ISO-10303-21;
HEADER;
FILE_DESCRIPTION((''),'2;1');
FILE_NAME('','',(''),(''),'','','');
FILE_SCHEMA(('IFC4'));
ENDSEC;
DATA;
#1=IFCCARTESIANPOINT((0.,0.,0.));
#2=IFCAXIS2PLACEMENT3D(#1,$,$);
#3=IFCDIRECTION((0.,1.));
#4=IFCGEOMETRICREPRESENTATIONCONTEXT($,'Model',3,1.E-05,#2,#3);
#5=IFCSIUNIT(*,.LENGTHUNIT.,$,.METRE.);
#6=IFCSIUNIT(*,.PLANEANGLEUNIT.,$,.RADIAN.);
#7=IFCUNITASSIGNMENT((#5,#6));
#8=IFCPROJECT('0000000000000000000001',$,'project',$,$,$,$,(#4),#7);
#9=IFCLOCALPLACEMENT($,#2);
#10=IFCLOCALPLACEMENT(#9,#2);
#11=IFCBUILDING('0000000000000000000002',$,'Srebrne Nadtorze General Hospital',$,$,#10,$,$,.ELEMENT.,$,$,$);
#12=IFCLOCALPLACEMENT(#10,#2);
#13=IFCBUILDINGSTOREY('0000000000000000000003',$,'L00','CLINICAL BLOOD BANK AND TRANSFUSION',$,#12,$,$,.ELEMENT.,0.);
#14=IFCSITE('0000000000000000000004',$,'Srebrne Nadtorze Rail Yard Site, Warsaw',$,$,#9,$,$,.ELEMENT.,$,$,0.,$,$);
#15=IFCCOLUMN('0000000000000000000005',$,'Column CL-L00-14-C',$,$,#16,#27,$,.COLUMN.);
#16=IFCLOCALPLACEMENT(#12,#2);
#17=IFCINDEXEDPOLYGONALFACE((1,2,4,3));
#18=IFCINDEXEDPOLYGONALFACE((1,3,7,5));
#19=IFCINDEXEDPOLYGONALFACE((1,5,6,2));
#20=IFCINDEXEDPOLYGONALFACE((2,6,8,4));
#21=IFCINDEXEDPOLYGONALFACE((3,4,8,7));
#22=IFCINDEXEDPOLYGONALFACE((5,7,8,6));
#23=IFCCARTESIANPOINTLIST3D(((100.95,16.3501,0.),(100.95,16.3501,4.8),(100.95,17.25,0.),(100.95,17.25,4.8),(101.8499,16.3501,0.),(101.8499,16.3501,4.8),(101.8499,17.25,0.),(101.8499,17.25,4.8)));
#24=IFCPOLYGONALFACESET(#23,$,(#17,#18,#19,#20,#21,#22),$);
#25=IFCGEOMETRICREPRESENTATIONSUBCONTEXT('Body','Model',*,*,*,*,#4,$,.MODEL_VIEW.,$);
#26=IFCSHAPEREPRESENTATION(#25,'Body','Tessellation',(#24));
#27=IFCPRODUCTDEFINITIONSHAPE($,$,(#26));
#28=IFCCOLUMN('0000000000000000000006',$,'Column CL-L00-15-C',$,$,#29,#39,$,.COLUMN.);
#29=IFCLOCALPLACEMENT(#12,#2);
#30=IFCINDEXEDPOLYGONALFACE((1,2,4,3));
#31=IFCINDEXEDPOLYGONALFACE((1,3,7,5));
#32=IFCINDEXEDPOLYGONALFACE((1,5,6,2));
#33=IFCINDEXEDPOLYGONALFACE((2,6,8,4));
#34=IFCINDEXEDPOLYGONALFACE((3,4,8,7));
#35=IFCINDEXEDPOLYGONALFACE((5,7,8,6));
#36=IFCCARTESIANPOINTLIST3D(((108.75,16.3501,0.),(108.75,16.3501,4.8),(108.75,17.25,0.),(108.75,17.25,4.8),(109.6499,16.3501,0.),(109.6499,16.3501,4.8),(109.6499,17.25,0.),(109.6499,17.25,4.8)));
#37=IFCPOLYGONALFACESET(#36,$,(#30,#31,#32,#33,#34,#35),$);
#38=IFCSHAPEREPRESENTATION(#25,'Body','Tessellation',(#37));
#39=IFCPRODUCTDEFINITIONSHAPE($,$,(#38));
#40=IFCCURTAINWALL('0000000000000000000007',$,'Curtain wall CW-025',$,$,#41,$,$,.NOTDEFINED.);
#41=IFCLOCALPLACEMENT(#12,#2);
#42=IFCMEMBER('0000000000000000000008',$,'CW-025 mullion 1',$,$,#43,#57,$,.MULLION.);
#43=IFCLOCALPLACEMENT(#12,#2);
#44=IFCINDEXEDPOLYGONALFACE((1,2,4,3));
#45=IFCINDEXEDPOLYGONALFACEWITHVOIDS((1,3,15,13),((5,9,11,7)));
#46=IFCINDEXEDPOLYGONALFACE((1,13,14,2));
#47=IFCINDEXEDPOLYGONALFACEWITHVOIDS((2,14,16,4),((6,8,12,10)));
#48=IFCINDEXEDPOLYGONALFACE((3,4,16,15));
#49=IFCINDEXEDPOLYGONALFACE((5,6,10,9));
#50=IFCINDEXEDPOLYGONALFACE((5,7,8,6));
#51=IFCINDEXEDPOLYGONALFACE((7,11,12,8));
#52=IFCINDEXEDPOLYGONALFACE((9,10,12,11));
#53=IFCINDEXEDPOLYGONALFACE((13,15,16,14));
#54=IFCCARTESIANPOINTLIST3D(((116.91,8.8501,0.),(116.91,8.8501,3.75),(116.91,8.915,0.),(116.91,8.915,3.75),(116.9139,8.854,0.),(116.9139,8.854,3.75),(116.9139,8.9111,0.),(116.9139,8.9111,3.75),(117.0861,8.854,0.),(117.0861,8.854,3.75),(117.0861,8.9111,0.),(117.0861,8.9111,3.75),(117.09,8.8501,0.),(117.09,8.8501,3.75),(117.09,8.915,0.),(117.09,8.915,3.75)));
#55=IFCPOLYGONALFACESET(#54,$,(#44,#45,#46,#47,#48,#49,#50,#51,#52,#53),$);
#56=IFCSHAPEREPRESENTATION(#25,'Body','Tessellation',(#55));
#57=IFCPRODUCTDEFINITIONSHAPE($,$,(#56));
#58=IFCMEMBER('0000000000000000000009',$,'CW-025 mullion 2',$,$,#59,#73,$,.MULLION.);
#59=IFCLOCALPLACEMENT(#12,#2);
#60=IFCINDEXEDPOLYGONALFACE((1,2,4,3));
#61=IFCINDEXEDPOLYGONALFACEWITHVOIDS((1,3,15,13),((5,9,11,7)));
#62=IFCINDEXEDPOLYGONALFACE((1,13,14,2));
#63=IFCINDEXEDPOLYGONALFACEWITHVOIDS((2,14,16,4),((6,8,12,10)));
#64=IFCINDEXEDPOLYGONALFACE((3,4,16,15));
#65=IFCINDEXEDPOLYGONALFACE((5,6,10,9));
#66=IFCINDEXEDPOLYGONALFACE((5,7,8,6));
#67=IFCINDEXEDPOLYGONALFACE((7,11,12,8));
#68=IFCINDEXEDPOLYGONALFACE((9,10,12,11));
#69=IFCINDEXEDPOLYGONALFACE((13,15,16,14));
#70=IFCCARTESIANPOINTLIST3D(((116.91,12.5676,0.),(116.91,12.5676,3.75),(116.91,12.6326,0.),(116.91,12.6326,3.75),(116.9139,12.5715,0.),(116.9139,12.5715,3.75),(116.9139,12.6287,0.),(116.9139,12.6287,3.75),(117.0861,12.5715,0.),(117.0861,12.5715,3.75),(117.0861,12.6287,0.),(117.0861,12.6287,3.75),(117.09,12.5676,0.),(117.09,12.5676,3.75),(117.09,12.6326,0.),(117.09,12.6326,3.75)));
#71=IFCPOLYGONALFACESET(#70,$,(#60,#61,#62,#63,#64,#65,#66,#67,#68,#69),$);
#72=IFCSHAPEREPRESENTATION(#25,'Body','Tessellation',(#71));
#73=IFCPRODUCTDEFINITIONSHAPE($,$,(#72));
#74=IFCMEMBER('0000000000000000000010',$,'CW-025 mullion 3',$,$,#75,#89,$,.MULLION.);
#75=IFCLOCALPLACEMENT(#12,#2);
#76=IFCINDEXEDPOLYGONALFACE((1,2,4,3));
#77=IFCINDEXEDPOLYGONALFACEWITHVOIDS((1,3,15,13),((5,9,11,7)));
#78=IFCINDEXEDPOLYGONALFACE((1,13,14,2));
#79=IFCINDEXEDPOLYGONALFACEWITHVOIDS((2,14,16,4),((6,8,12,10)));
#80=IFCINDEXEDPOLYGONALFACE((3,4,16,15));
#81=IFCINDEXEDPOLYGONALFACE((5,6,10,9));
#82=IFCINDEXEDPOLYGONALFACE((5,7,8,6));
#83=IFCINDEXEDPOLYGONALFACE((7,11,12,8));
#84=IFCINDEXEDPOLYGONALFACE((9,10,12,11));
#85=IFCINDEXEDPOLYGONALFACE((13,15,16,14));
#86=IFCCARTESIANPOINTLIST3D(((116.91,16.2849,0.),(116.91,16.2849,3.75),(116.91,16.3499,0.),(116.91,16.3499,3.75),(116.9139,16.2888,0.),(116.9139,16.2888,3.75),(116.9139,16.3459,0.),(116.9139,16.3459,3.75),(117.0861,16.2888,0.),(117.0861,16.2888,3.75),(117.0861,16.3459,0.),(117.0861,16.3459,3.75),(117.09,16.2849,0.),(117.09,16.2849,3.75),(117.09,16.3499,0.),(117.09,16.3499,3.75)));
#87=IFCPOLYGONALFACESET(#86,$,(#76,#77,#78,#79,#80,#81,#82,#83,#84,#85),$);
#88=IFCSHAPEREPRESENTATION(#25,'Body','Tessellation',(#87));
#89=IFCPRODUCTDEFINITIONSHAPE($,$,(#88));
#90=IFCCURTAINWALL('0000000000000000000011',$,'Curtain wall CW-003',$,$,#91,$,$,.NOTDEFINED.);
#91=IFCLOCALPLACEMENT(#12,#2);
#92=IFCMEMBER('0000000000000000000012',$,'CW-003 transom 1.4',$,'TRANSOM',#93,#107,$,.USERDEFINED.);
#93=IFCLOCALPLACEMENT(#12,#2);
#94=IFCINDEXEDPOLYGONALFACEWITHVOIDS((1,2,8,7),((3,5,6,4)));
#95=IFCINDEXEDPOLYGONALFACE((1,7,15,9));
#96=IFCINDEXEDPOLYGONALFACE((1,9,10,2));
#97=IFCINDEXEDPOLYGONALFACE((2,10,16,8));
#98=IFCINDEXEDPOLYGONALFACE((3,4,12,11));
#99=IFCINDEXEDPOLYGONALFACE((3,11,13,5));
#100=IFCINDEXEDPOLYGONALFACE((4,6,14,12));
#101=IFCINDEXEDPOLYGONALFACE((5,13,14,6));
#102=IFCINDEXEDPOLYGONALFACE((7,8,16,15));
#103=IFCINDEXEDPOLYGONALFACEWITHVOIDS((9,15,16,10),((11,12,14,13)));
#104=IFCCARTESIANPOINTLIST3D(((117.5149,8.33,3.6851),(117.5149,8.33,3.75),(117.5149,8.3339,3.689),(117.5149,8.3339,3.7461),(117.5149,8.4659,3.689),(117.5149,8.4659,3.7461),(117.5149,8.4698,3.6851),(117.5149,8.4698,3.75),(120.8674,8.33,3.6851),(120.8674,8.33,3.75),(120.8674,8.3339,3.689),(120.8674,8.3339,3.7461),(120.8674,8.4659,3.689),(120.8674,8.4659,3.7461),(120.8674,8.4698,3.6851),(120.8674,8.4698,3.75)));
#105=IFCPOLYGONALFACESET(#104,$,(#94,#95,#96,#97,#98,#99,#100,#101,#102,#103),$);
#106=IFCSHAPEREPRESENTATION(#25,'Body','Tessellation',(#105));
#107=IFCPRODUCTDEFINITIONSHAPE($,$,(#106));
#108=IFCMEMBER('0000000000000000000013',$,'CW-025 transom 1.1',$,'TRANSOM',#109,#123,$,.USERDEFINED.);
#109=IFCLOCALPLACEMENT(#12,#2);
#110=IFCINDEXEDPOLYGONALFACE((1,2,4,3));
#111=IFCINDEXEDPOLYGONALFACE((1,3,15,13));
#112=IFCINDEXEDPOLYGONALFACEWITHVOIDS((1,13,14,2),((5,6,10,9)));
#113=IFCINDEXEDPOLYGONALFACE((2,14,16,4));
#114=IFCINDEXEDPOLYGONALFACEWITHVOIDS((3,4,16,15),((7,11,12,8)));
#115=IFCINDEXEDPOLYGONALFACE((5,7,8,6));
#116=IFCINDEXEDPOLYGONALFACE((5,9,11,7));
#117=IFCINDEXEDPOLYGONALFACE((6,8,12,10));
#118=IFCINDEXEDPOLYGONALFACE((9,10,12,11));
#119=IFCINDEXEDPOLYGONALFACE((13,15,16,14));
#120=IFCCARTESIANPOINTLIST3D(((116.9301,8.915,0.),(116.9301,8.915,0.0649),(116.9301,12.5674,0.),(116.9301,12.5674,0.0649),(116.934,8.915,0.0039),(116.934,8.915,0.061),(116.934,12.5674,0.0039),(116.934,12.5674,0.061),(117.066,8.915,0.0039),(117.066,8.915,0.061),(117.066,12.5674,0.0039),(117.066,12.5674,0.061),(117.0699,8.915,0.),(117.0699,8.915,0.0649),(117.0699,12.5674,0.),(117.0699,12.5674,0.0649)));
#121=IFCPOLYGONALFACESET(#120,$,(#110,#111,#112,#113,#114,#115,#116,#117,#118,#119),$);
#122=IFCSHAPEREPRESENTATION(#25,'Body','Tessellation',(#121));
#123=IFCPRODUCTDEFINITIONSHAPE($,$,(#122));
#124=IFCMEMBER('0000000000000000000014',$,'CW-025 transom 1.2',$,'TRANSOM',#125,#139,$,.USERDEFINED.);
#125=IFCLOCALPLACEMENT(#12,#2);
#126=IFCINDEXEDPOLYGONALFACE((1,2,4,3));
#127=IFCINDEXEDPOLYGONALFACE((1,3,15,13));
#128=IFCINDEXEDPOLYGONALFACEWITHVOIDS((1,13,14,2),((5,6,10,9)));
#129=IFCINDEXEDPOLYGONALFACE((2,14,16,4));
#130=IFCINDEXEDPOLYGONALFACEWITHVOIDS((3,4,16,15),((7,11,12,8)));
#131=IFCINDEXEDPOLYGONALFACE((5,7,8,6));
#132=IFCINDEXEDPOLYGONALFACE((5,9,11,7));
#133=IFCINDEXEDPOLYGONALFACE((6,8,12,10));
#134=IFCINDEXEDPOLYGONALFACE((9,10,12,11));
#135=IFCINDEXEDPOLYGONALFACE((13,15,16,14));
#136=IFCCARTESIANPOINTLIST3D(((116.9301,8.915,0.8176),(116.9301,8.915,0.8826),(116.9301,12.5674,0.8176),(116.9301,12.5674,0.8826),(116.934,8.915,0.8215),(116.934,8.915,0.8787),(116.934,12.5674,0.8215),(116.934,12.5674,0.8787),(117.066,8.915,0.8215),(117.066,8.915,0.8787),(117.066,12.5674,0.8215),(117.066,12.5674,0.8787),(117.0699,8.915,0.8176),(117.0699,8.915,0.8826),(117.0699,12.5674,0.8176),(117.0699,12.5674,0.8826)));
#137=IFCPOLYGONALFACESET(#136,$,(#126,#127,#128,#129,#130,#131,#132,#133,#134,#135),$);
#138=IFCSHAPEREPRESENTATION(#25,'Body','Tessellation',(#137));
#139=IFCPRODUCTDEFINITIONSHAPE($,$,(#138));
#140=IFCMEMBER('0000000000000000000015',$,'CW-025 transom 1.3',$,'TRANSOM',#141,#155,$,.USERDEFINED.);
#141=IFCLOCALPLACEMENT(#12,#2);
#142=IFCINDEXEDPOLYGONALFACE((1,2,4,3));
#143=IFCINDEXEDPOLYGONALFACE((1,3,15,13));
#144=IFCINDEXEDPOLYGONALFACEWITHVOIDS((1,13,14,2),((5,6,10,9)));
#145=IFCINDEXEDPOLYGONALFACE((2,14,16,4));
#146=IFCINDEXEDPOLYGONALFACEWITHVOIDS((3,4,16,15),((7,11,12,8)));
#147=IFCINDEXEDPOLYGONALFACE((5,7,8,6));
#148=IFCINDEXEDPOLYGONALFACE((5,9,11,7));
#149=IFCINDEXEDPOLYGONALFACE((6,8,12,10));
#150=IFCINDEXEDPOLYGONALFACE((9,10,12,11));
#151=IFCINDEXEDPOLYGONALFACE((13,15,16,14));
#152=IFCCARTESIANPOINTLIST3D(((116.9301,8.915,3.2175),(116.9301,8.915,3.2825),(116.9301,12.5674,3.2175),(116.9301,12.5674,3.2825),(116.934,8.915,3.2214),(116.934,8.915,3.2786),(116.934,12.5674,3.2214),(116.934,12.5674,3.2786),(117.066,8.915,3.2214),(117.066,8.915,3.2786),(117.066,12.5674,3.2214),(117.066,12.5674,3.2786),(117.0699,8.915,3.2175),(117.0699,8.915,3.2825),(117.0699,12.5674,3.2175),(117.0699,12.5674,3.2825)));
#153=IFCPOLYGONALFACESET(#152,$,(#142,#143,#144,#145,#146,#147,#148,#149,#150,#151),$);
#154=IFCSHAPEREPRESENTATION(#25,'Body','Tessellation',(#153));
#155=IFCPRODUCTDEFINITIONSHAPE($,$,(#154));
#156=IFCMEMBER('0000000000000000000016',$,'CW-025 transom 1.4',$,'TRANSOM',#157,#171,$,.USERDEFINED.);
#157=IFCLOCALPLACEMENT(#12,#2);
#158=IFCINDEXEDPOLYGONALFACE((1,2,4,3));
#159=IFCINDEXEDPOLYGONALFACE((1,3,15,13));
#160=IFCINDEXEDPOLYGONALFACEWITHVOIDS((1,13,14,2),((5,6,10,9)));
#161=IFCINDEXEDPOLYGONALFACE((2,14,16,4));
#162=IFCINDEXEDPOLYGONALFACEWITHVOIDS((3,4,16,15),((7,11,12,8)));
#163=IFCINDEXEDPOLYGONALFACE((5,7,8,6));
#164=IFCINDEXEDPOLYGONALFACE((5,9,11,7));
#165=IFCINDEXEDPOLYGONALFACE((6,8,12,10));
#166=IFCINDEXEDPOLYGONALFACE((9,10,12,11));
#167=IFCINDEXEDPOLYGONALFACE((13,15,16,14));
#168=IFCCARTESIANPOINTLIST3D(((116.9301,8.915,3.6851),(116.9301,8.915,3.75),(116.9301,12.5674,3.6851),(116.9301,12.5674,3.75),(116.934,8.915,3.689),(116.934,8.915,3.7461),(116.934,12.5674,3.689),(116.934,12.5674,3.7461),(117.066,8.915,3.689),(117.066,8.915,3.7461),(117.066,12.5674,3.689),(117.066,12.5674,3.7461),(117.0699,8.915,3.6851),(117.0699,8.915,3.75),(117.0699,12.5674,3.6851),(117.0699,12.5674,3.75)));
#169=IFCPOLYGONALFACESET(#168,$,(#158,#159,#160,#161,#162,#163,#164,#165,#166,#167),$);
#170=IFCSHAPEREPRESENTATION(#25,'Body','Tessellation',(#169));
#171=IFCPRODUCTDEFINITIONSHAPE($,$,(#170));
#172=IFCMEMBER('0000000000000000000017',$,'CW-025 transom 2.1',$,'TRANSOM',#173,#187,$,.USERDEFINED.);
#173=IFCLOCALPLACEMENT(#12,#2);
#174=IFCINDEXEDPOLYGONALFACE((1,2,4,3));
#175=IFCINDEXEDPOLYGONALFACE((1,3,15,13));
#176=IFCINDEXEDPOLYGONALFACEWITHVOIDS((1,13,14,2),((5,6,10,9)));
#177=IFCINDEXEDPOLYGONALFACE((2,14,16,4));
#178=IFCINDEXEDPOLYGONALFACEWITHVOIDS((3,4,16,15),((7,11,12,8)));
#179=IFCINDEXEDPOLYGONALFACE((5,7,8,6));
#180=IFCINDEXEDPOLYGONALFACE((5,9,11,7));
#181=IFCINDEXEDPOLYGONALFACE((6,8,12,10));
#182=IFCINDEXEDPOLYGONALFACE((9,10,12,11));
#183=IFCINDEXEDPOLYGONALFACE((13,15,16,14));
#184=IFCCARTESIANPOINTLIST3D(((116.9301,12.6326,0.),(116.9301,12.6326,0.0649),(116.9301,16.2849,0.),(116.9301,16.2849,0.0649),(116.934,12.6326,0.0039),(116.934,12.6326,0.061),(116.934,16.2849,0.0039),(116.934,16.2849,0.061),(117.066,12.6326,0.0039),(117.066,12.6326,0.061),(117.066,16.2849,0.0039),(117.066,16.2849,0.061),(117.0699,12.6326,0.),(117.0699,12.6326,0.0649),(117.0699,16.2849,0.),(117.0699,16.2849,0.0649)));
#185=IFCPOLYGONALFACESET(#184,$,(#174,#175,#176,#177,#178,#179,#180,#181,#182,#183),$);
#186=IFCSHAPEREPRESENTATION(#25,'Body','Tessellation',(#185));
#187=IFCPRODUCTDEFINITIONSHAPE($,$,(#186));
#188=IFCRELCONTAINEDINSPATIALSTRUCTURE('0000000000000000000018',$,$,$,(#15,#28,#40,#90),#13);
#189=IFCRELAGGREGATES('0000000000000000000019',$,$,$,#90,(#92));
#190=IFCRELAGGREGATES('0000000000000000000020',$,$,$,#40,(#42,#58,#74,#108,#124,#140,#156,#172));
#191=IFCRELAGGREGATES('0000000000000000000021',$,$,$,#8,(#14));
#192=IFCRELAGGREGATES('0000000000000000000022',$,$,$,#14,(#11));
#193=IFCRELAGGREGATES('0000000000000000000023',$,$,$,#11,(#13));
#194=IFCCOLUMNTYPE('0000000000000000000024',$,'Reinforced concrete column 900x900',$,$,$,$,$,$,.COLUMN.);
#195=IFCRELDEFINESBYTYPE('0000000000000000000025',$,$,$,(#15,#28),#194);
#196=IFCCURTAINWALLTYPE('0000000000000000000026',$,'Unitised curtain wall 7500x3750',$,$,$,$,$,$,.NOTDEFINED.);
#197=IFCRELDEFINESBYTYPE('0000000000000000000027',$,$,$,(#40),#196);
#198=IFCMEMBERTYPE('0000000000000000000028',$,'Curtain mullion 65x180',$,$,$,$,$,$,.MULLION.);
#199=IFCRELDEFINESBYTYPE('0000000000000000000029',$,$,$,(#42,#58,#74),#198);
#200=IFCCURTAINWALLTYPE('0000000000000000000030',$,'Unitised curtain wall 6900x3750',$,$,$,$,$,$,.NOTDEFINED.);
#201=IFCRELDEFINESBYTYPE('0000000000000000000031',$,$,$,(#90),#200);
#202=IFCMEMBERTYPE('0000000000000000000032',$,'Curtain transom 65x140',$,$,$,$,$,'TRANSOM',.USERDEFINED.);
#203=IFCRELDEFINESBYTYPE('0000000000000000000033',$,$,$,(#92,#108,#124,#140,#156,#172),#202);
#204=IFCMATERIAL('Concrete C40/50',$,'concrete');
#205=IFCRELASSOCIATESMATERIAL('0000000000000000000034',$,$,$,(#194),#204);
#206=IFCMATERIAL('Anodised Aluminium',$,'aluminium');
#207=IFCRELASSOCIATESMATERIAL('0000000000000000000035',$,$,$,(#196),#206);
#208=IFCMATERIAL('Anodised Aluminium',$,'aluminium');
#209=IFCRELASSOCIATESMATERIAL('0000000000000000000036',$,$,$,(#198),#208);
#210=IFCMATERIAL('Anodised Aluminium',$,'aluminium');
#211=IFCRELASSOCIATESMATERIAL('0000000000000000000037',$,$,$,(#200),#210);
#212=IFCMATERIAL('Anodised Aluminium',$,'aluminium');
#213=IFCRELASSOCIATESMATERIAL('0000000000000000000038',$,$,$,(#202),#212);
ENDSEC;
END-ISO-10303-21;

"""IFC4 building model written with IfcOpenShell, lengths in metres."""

from ifc_helpers import new_model, si_unit, direction, frame, origin, origin_2d, place, context, subcontext, project, spatial, rectangle, hollow_rectangle, extrude, material, material_profile, profile_set, type_object, element, aggregate, save


model = new_model("IFC4")

# Units and contexts
model_context = context("Model", 3, precision=1e-05, world=origin(), true_north=direction((0.0, 1.0)))
body_context = subcontext(model_context, "Body", "Model", "MODEL_VIEW")
ifc_project = project(units=[si_unit("LENGTHUNIT", "METRE"), si_unit("PLANEANGLEUNIT", "RADIAN")], contexts=[model_context])

# Site, building, storey
site_placement = place(None, origin())
site = spatial("IfcSite", under=ifc_project, at=site_placement, Name="Srebrne Nadtorze Rail Yard Site, Warsaw", CompositionType="ELEMENT", RefElevation=0.0)
building_placement = place(site_placement, origin())
building = spatial("IfcBuilding", under=site, at=building_placement, Name="Srebrne Nadtorze General Hospital", CompositionType="ELEMENT")
storey_placement = place(building_placement, origin())
storey = spatial("IfcBuildingStorey", under=building, at=storey_placement, Name="L00", Description="CLINICAL BLOOD BANK AND TRANSFUSION", CompositionType="ELEMENT", Elevation=0.0)

# Columns
ifc_material_1 = material(Name="Concrete C40/50", Category="concrete")
ifc_material_profile_1 = material_profile(ifc_material_1, rectangle(XDim=0.8999, YDim=0.8999, at=origin_2d()), Name="RC-COL-900x900")
ifc_profile_set_1 = profile_set([ifc_material_profile_1], Name="Concrete C40/50")
column_type = type_object("IfcColumnType", Name="Reinforced concrete column 900x900", PredefinedType="COLUMN", material=ifc_profile_set_1)
for number, where, z_axis, x_axis, name in (
    (1, (101.3999, 16.8, 0.0), (0.0, 0.0, 1.0), (1.0, 0.0, 0.0), "Column CL-L00-14-C"),
    (2, (109.2, 16.8, 0.0), (0.0, 0.0, 1.0), (1.0, 0.0, 0.0), "Column CL-L00-15-C"),
):
    element("IfcColumn", number, at=place(storey_placement, frame(where, z_axis=z_axis, x_axis=x_axis)), inside=storey, type_object=column_type, Name=name, PredefinedType="COLUMN", context=body_context, shape_type="SweptSolid", body=[
        extrude(rectangle(XDim=0.8999, YDim=0.8999, at=origin_2d()), origin(), (0.0, 0.0, 1.0), 4.8),
    ])

# Curtain wall, members
ifc_material_2 = material(Name="Anodised Aluminium", Category="aluminium")
curtain_wall_type_1 = type_object("IfcCurtainWallType", Name="Unitised curtain wall 7500x3750", PredefinedType="NOTDEFINED", material=ifc_material_2)
curtain_wall_1_placement = place(storey_placement, origin())
curtain_wall_1 = element("IfcCurtainWall", 3, at=curtain_wall_1_placement, inside=storey, type_object=curtain_wall_type_1, Name="Curtain wall CW-025", PredefinedType="NOTDEFINED")
ifc_material_3 = material(Name="Anodised Aluminium", Category="aluminium")
ifc_material_profile_2 = material_profile(ifc_material_3, hollow_rectangle(XDim=0.0649, YDim=0.1799, WallThickness=0.0039, at=origin_2d()), Name="AL-MUL-65x180")
ifc_profile_set_2 = profile_set([ifc_material_profile_2], Name="Anodised Aluminium")
member_type_1 = type_object("IfcMemberType", Name="Curtain mullion 65x180", PredefinedType="MULLION", material=ifc_profile_set_2)
member_1_placement = place(storey_placement, frame((117.0, 8.8826, 0.0), z_axis=(0.0, 0.0, 1.0), x_axis=(0.0, 1.0, 0.0)))
member_1 = element("IfcMember", 4, at=member_1_placement, type_object=member_type_1, Name="CW-025 mullion 1", PredefinedType="MULLION", context=body_context, shape_type="SweptSolid", body=[
    extrude(hollow_rectangle(XDim=0.0649, YDim=0.1799, WallThickness=0.0039, at=origin_2d()), origin(), (0.0, 0.0, 1.0), 3.75),
])
member_2_placement = place(storey_placement, frame((117.0, 12.6001, 0.0), z_axis=(0.0, 0.0, 1.0), x_axis=(0.0, 1.0, 0.0)))
member_2 = element("IfcMember", 5, at=member_2_placement, type_object=member_type_1, Name="CW-025 mullion 2", PredefinedType="MULLION", context=body_context, shape_type="SweptSolid", body=[
    extrude(hollow_rectangle(XDim=0.0649, YDim=0.1799, WallThickness=0.0039, at=origin_2d()), origin(), (0.0, 0.0, 1.0), 3.75),
])
member_3_placement = place(storey_placement, frame((117.0, 16.3174, 0.0), z_axis=(0.0, 0.0, 1.0), x_axis=(0.0, 1.0, 0.0)))
member_3 = element("IfcMember", 6, at=member_3_placement, type_object=member_type_1, Name="CW-025 mullion 3", PredefinedType="MULLION", context=body_context, shape_type="SweptSolid", body=[
    extrude(hollow_rectangle(XDim=0.0649, YDim=0.1799, WallThickness=0.0039, at=origin_2d()), origin(), (0.0, 0.0, 1.0), 3.75),
])

# Curtain wall, member
ifc_material_4 = material(Name="Anodised Aluminium", Category="aluminium")
curtain_wall_type_2 = type_object("IfcCurtainWallType", Name="Unitised curtain wall 6900x3750", PredefinedType="NOTDEFINED", material=ifc_material_4)
curtain_wall_2_placement = place(storey_placement, origin())
curtain_wall_2 = element("IfcCurtainWall", 7, at=curtain_wall_2_placement, inside=storey, type_object=curtain_wall_type_2, Name="Curtain wall CW-003", PredefinedType="NOTDEFINED")
ifc_material_5 = material(Name="Anodised Aluminium", Category="aluminium")
ifc_material_profile_3 = material_profile(ifc_material_5, hollow_rectangle(XDim=0.0649, YDim=0.1399, WallThickness=0.0039, at=origin_2d()), Name="AL-TRN-65x140")
ifc_profile_set_3 = profile_set([ifc_material_profile_3], Name="Anodised Aluminium")
member_type_2 = type_object("IfcMemberType", Name="Curtain transom 65x140", ElementType="TRANSOM", PredefinedType="USERDEFINED", material=ifc_profile_set_3)
member_4_placement = place(storey_placement, frame((117.5149, 8.3999, 3.7175), z_axis=(1.0, 0.0, 0.0), x_axis=(0.0, 0.0, 1.0)))
member_4 = element("IfcMember", 8, at=member_4_placement, type_object=member_type_2, Name="CW-003 transom 1.4", ObjectType="TRANSOM", PredefinedType="USERDEFINED", context=body_context, shape_type="SweptSolid", body=[
    extrude(hollow_rectangle(XDim=0.0649, YDim=0.1399, WallThickness=0.0039, at=origin_2d()), origin(), (0.0, 0.0, 1.0), 3.3525),
])
aggregate(curtain_wall_2, [member_4])

# Members
member_5_placement = place(storey_placement, frame((117.0, 8.915, 0.0325), z_axis=(0.0, 1.0, 0.0), x_axis=(0.0, 0.0, 1.0)))
member_5 = element("IfcMember", 9, at=member_5_placement, type_object=member_type_2, Name="CW-025 transom 1.1", ObjectType="TRANSOM", PredefinedType="USERDEFINED", context=body_context, shape_type="SweptSolid", body=[
    extrude(hollow_rectangle(XDim=0.0649, YDim=0.1399, WallThickness=0.0039, at=origin_2d()), origin(), (0.0, 0.0, 1.0), 3.6523),
])
member_6_placement = place(storey_placement, frame((117.0, 8.915, 0.8501), z_axis=(0.0, 1.0, 0.0), x_axis=(0.0, 0.0, 1.0)))
member_6 = element("IfcMember", 10, at=member_6_placement, type_object=member_type_2, Name="CW-025 transom 1.2", ObjectType="TRANSOM", PredefinedType="USERDEFINED", context=body_context, shape_type="SweptSolid", body=[
    extrude(hollow_rectangle(XDim=0.0649, YDim=0.1399, WallThickness=0.0039, at=origin_2d()), origin(), (0.0, 0.0, 1.0), 3.6523),
])
member_7_placement = place(storey_placement, frame((117.0, 8.915, 3.25), z_axis=(0.0, 1.0, 0.0), x_axis=(0.0, 0.0, 1.0)))
member_7 = element("IfcMember", 11, at=member_7_placement, type_object=member_type_2, Name="CW-025 transom 1.3", ObjectType="TRANSOM", PredefinedType="USERDEFINED", context=body_context, shape_type="SweptSolid", body=[
    extrude(hollow_rectangle(XDim=0.0649, YDim=0.1399, WallThickness=0.0039, at=origin_2d()), origin(), (0.0, 0.0, 1.0), 3.6523),
])
member_8_placement = place(storey_placement, frame((117.0, 8.915, 3.7175), z_axis=(0.0, 1.0, 0.0), x_axis=(0.0, 0.0, 1.0)))
member_8 = element("IfcMember", 12, at=member_8_placement, type_object=member_type_2, Name="CW-025 transom 1.4", ObjectType="TRANSOM", PredefinedType="USERDEFINED", context=body_context, shape_type="SweptSolid", body=[
    extrude(hollow_rectangle(XDim=0.0649, YDim=0.1399, WallThickness=0.0039, at=origin_2d()), origin(), (0.0, 0.0, 1.0), 3.6523),
])
member_9_placement = place(storey_placement, frame((117.0, 12.6326, 0.0325), z_axis=(0.0, 1.0, 0.0), x_axis=(0.0, 0.0, 1.0)))
member_9 = element("IfcMember", 13, at=member_9_placement, type_object=member_type_2, Name="CW-025 transom 2.1", ObjectType="TRANSOM", PredefinedType="USERDEFINED", context=body_context, shape_type="SweptSolid", body=[
    extrude(hollow_rectangle(XDim=0.0649, YDim=0.1399, WallThickness=0.0039, at=origin_2d()), origin(), (0.0, 0.0, 1.0), 3.6523),
])

aggregate(curtain_wall_1, [member_1, member_2, member_3, member_5, member_6, member_7, member_8, member_9])

save(model, "model.ifc")
